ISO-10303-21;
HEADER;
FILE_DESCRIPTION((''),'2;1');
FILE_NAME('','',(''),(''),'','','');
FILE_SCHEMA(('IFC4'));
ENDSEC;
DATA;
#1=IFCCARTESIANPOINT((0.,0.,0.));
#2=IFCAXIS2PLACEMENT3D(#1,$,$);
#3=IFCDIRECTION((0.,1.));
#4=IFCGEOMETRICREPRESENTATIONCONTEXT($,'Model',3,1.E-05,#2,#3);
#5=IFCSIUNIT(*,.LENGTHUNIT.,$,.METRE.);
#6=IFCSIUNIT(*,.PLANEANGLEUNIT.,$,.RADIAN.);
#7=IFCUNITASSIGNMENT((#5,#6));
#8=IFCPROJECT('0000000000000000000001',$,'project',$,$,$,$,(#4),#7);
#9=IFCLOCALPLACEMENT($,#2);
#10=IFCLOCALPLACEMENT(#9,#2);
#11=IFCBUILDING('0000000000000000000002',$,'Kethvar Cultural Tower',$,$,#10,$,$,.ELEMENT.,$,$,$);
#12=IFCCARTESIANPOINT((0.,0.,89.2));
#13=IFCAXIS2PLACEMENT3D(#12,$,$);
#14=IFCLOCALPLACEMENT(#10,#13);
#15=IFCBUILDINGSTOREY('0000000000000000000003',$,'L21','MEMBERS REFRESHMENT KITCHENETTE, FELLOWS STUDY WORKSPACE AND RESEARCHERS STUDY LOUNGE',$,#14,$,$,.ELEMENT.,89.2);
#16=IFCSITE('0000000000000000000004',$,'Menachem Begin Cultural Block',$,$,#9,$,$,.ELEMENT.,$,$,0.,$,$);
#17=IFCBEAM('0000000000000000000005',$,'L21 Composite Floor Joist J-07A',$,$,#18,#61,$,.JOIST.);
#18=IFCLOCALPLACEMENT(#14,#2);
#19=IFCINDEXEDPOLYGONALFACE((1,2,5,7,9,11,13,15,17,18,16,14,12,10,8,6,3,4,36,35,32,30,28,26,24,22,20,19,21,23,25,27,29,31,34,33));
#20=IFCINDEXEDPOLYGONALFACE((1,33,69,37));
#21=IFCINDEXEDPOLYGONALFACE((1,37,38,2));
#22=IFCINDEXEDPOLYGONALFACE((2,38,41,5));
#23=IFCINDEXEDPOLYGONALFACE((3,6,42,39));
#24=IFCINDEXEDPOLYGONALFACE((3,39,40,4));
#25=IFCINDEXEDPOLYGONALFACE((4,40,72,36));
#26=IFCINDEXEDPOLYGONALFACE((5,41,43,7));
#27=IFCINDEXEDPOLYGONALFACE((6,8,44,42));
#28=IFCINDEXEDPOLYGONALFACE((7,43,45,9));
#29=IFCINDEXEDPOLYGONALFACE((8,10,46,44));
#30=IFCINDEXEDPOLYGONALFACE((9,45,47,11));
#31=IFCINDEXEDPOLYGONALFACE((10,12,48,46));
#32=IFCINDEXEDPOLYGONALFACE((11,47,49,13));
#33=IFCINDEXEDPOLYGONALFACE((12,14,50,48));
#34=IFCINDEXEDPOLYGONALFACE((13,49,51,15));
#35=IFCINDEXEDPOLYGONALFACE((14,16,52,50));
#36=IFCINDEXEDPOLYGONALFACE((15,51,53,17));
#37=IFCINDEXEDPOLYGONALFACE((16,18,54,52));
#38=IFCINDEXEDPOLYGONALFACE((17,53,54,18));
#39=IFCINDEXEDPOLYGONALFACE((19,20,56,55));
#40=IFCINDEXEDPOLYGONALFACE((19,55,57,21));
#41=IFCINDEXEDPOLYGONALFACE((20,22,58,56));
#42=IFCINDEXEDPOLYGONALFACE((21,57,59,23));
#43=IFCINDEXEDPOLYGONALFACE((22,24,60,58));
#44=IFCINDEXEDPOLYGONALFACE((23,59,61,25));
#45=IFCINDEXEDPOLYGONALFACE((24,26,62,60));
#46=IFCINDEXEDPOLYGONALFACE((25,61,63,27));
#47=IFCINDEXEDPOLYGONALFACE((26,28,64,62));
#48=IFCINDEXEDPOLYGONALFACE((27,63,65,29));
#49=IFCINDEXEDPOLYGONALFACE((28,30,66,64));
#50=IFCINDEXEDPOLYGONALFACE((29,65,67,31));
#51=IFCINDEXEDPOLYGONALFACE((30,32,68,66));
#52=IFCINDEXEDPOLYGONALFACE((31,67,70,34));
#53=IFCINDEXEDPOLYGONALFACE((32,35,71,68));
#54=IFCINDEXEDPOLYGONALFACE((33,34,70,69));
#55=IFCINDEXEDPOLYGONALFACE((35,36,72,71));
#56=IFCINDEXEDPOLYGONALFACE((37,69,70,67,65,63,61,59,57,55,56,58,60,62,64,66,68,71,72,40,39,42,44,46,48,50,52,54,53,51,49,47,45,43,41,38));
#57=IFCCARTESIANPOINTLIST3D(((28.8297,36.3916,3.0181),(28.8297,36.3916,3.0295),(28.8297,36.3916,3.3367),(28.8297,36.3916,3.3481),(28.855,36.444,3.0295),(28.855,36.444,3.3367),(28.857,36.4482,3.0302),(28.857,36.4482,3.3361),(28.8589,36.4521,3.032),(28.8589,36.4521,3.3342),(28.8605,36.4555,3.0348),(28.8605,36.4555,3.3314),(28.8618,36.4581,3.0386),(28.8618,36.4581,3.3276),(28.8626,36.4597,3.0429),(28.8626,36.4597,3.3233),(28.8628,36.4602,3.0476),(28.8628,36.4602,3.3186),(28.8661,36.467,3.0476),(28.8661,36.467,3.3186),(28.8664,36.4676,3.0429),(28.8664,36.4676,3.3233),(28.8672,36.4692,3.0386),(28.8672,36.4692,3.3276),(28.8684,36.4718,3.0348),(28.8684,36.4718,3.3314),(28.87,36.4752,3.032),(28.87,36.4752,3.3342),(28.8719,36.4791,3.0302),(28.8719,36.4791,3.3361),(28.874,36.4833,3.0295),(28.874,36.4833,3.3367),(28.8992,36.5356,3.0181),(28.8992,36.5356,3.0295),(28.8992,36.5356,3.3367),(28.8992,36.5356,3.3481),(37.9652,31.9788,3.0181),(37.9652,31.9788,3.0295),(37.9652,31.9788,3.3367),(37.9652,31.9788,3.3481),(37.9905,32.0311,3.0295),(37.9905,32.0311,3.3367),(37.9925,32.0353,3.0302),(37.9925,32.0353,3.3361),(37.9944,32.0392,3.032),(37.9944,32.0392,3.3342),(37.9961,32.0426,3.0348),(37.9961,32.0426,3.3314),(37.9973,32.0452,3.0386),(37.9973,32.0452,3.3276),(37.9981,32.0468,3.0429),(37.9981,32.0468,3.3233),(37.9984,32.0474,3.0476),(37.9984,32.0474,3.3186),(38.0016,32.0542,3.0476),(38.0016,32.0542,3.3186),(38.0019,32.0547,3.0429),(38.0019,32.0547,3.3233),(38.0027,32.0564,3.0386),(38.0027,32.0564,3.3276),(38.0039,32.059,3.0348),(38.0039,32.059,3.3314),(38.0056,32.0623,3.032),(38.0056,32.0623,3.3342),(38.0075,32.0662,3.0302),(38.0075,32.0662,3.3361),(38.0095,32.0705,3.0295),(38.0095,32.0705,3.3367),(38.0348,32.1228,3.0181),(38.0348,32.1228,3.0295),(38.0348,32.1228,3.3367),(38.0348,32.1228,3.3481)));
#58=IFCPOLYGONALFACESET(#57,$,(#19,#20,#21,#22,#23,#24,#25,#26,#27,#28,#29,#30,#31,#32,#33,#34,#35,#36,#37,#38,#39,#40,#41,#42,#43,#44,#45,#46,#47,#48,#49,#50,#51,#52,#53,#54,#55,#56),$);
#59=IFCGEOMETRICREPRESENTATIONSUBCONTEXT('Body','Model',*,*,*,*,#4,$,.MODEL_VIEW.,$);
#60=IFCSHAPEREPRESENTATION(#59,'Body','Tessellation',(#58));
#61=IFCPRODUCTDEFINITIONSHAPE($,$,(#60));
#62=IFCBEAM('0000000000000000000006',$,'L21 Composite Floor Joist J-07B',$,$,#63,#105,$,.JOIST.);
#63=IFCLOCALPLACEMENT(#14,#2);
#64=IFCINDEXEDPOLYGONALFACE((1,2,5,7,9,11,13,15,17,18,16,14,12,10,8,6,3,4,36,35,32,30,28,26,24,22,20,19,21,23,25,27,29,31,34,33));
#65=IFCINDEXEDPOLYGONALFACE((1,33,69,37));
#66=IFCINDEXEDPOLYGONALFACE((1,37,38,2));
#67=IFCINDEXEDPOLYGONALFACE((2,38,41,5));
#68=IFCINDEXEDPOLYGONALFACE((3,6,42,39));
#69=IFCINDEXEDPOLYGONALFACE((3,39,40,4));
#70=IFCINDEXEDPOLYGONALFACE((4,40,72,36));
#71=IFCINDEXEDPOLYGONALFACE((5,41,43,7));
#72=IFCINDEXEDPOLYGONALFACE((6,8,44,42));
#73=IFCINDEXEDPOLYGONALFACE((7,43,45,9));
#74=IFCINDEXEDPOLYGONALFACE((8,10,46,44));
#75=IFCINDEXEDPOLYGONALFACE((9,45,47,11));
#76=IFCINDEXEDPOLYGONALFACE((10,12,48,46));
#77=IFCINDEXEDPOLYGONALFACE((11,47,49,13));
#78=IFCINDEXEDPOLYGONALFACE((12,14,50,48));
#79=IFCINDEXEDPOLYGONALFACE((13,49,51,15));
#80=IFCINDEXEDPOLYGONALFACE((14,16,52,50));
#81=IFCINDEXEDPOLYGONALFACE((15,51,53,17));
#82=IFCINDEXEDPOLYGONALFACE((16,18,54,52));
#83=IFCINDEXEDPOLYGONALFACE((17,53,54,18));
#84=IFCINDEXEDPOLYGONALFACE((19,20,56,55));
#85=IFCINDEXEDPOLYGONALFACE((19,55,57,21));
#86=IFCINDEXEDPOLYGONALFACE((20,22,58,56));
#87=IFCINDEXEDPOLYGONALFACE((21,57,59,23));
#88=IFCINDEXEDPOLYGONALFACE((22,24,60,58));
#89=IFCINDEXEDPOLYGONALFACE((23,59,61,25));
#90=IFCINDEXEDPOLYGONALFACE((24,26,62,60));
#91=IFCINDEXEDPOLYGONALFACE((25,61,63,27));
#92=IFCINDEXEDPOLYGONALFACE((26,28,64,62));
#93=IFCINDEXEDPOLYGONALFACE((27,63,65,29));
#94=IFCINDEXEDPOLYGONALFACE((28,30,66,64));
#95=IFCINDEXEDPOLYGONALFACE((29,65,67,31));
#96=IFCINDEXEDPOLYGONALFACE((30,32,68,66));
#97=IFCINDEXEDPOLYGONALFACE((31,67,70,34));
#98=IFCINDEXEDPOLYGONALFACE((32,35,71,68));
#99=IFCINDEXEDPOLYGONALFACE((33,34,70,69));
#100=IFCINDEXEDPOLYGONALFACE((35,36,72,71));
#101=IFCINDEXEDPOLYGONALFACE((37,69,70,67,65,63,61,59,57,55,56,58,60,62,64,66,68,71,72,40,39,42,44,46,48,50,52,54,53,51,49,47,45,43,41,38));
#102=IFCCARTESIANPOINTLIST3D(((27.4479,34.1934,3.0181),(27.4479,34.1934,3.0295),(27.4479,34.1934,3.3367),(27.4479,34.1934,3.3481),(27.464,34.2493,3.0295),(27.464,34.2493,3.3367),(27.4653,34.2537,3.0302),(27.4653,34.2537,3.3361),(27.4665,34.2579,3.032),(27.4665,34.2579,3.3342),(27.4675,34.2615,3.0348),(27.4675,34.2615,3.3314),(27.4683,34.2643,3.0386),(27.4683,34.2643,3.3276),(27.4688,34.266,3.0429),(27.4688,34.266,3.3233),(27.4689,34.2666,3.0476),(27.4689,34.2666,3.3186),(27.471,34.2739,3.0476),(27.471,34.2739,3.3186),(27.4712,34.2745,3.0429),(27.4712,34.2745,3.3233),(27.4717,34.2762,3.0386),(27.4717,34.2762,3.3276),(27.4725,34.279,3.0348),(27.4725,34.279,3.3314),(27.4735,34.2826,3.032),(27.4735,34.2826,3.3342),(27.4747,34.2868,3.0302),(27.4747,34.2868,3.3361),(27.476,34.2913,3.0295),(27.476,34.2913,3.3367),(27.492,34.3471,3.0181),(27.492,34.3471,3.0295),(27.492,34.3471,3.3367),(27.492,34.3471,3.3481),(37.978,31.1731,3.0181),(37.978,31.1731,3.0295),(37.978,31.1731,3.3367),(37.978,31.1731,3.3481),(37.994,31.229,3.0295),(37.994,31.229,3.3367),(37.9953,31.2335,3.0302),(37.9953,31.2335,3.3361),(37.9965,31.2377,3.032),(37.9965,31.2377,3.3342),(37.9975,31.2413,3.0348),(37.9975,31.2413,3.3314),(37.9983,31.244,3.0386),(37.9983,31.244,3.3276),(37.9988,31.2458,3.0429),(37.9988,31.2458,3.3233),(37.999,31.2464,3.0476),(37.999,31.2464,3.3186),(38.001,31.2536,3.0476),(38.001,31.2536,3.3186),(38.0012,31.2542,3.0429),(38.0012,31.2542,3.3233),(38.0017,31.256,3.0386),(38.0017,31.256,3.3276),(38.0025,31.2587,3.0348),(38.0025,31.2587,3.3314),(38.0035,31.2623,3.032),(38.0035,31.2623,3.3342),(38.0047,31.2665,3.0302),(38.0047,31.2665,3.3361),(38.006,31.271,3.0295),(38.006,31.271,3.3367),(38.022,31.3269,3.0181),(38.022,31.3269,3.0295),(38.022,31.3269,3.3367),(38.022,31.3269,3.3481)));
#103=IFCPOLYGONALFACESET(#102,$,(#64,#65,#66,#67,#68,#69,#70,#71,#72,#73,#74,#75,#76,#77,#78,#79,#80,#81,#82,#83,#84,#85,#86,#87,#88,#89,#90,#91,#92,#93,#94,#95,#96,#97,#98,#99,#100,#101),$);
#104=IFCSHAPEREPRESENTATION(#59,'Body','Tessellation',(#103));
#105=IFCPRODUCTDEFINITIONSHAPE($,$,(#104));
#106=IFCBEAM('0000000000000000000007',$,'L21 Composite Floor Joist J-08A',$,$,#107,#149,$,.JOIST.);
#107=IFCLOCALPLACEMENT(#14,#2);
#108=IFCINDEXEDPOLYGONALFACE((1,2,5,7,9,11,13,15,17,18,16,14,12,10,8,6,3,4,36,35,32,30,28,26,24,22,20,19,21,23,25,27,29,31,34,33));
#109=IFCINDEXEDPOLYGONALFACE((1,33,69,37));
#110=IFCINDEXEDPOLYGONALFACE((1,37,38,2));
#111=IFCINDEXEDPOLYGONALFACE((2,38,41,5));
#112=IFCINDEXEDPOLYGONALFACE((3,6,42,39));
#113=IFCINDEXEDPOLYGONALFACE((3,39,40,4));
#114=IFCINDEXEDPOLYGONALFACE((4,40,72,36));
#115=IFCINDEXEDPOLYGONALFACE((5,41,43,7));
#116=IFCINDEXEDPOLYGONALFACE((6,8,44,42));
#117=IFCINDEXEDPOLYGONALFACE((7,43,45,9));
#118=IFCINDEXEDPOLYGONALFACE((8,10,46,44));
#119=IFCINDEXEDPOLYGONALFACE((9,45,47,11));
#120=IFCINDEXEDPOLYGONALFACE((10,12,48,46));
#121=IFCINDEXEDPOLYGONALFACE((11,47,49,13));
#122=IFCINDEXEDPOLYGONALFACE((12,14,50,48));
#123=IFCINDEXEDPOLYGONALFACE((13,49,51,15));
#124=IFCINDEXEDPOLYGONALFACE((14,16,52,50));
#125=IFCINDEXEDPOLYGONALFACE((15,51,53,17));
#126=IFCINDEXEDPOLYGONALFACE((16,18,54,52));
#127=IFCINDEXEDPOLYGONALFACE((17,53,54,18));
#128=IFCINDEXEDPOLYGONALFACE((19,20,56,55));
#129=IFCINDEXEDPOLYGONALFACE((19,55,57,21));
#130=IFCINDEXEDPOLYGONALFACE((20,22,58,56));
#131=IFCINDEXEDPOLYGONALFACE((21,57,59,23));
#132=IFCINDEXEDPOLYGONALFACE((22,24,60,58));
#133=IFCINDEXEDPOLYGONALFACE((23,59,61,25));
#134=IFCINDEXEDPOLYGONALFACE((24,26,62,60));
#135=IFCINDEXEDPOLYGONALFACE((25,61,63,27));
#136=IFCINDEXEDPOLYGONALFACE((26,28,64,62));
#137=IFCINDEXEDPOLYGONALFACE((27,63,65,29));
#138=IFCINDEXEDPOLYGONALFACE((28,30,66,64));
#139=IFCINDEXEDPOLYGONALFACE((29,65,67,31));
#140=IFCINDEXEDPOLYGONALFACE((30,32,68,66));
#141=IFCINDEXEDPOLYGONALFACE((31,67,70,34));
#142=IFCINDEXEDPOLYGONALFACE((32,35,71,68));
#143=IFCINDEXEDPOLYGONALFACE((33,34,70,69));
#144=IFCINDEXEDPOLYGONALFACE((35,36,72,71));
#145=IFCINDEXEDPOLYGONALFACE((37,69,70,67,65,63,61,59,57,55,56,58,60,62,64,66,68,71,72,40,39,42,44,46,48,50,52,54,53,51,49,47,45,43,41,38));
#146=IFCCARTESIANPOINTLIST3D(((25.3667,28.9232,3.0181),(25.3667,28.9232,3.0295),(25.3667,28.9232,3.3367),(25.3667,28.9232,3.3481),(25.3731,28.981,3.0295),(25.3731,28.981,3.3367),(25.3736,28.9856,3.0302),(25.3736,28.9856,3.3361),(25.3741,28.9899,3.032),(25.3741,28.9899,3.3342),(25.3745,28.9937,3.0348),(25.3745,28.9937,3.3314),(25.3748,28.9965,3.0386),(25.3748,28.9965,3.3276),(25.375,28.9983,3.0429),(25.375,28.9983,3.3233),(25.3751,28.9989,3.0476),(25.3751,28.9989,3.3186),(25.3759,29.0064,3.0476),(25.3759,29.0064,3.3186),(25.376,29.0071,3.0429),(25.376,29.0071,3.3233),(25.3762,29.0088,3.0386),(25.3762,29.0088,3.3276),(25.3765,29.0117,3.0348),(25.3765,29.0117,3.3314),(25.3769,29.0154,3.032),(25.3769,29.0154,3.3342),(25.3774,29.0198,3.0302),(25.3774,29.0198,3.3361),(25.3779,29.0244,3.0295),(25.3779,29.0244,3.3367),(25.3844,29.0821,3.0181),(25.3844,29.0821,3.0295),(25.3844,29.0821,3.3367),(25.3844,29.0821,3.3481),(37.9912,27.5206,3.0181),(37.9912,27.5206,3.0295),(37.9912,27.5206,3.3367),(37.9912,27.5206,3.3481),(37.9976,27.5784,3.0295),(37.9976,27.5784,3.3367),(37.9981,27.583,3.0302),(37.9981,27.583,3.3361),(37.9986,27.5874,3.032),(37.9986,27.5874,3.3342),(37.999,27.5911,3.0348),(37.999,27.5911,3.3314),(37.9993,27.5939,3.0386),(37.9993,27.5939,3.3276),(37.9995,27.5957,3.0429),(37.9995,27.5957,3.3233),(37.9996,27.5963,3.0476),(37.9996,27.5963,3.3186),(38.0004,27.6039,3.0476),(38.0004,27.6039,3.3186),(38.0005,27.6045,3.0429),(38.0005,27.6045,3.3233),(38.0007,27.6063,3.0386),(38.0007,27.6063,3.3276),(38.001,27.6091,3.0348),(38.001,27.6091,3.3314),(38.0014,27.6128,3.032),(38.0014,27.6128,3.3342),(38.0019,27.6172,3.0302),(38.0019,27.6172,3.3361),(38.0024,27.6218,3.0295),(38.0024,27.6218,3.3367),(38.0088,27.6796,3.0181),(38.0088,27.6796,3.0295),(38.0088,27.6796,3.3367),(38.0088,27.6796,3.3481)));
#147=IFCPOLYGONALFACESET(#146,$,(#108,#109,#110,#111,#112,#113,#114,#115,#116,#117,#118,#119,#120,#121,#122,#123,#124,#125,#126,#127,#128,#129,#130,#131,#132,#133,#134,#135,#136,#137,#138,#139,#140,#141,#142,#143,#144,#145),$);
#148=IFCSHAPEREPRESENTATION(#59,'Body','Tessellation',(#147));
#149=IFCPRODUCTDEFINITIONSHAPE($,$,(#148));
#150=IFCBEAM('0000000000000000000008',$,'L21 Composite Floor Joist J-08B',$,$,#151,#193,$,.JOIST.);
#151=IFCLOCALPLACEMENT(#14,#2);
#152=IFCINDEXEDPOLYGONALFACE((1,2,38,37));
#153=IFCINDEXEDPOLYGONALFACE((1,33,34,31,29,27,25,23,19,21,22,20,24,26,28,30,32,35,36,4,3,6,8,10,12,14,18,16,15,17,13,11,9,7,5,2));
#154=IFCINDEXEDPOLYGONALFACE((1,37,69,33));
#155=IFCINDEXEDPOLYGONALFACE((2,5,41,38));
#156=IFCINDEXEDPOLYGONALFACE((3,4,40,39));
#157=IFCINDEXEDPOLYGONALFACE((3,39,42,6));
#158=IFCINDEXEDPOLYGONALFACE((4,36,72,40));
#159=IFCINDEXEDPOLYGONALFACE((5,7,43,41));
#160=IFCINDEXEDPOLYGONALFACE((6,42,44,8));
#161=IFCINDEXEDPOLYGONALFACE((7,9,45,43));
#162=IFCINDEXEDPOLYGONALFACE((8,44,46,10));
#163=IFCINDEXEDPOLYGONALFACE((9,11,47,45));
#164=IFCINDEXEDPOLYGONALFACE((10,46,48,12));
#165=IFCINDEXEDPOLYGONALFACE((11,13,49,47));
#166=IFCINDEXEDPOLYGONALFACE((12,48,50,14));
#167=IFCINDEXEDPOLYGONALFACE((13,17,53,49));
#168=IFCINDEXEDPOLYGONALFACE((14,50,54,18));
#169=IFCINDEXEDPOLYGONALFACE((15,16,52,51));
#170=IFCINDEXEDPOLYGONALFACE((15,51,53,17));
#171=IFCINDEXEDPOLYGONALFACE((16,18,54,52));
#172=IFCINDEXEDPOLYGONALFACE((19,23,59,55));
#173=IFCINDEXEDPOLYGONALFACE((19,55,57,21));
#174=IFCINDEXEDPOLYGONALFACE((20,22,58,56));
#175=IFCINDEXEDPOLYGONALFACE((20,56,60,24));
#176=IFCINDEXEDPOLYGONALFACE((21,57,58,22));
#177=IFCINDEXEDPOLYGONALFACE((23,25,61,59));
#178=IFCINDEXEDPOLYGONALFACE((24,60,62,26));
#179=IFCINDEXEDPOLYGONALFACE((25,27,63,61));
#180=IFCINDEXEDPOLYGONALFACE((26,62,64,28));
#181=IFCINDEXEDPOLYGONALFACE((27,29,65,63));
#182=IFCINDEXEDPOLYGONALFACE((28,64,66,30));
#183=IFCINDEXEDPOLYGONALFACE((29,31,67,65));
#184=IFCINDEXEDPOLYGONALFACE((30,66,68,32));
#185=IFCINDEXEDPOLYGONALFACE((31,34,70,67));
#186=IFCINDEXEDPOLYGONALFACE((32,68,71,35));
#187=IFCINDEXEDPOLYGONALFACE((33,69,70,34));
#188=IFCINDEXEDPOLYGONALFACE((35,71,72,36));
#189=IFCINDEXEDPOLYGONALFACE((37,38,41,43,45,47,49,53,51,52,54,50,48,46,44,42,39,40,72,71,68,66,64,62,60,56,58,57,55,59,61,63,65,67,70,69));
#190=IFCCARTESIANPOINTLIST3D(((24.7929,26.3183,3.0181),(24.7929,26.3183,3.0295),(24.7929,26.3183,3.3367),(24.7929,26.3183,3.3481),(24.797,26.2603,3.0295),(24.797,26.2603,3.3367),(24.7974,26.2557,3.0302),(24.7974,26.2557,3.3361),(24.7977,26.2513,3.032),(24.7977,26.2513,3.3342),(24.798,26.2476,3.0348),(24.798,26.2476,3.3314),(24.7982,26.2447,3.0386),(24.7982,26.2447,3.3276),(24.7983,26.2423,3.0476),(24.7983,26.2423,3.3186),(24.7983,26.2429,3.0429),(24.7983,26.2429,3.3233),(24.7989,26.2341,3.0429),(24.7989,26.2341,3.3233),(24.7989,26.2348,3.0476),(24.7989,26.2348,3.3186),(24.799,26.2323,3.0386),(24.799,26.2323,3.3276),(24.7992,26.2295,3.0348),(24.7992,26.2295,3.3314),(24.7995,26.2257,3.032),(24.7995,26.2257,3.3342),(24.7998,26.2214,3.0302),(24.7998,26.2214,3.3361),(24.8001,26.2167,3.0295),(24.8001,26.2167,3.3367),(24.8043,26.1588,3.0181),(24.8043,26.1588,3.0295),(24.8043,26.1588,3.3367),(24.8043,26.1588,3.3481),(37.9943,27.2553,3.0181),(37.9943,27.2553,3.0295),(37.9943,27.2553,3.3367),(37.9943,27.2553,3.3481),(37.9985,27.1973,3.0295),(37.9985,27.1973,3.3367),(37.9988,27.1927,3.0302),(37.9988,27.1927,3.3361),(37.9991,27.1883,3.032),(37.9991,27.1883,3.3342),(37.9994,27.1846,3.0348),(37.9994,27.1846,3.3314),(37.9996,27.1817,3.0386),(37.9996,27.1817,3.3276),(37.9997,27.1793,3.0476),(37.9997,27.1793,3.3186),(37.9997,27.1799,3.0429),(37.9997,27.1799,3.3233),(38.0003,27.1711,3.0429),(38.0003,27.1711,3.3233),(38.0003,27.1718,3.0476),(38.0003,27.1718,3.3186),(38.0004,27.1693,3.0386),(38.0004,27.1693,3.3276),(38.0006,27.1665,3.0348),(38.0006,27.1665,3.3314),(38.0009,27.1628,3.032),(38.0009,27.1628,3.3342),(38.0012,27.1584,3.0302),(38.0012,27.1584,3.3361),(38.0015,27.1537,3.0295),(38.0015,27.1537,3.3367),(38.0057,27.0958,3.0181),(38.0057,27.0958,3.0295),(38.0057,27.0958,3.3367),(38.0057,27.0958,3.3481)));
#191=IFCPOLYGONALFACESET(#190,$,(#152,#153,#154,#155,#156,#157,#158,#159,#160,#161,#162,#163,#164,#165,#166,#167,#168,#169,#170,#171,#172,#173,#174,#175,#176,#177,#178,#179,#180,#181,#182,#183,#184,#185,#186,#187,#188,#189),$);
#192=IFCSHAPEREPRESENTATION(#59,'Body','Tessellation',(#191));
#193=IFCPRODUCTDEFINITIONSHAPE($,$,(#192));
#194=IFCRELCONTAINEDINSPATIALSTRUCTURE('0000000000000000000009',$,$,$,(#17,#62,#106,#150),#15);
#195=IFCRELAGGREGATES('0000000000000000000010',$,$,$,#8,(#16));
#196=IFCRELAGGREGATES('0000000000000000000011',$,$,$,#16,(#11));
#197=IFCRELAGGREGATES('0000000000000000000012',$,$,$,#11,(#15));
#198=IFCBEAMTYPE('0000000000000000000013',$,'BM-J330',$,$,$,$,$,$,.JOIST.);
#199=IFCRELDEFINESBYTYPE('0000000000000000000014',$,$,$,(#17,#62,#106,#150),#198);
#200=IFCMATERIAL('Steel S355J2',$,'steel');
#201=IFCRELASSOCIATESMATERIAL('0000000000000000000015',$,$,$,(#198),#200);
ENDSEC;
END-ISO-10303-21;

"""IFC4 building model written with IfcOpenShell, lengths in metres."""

from ifc_helpers import new_model, si_unit, direction, frame, origin, origin_2d, place, context, subcontext, project, spatial, i_section, extrude, source, transform, mapped, material, material_profile, profile_set, type_object, element, save


model = new_model("IFC4")

# Units and contexts
model_context = context("Model", 3, precision=1e-05, world=origin(), true_north=direction((0.0, 1.0)))
body_context = subcontext(model_context, "Body", "Model", "MODEL_VIEW")
ifc_project = project(units=[si_unit("LENGTHUNIT", "METRE"), si_unit("PLANEANGLEUNIT", "RADIAN")], contexts=[model_context])

# Site, building, storey
site_placement = place(None, origin())
site = spatial("IfcSite", under=ifc_project, at=site_placement, Name="Menachem Begin Cultural Block", CompositionType="ELEMENT", RefElevation=0.0)
building_placement = place(site_placement, origin())
building = spatial("IfcBuilding", under=site, at=building_placement, Name="Kethvar Cultural Tower", CompositionType="ELEMENT")
storey_placement = place(building_placement, frame((0.0, 0.0, 89.2)))
storey = spatial("IfcBuildingStorey", under=building, at=storey_placement, Name="L21", Description="MEMBERS REFRESHMENT KITCHENETTE, FELLOWS STUDY WORKSPACE AND RESEARCHERS STUDY LOUNGE", CompositionType="ELEMENT", Elevation=89.2)

# Beams
ifc_material_1 = material(Name="Steel S355J2", Category="steel")
ifc_material_profile_1 = material_profile(ifc_material_1, i_section(OverallWidth=0.1599, OverallDepth=0.3301, WebThickness=0.0076, FlangeThickness=0.0115, FilletRadius=0.0181, at=origin_2d()), Name="Steel S355J2 — IPE330")
ifc_profile_set_1 = profile_set([ifc_material_profile_1], Name="Steel S355J2 — IPE330")
beam_type_1 = type_object("IfcBeamType", Name="BM-J330", PredefinedType="JOIST", material=ifc_profile_set_1)
shared_shape_1 = source(origin(), body_context, "Body", "SweptSolid", [
    extrude(i_section(OverallWidth=0.1599, OverallDepth=0.3301, WebThickness=0.0076, FlangeThickness=0.0115, FilletRadius=0.0181, at=origin_2d()), origin(), (0.0, 0.0, 1.0), 10.1455),
])
beam_1_placement = place(storey_placement, frame((38.0, 32.0508, 3.1831), z_axis=(-0.900451, 0.434957, 0.0), x_axis=(-0.434957, -0.900451, 0.0)))
element("IfcBeam", 1, at=beam_1_placement, inside=storey, type_object=beam_type_1, Name="L21 Composite Floor Joist J-07A", PredefinedType="JOIST", context=body_context, shape_type="MappedRepresentation", body=[
    mapped(shared_shape_1, transform((0.0, 0.0, 0.0), scale=1.0)),
])
shared_shape_2 = source(origin(), body_context, "Body", "SweptSolid", [
    extrude(i_section(OverallWidth=0.1599, OverallDepth=0.3301, WebThickness=0.0076, FlangeThickness=0.0115, FilletRadius=0.0181, at=origin_2d()), origin(), (0.0, 0.0, 1.0), 10.9546),
])
beam_2_placement = place(storey_placement, frame((38.0, 31.25, 3.1831), z_axis=(-0.961242, 0.275707, 0.0), x_axis=(-0.275707, -0.961242, 0.0)))
element("IfcBeam", 2, at=beam_2_placement, inside=storey, type_object=beam_type_1, Name="L21 Composite Floor Joist J-07B", PredefinedType="JOIST", context=body_context, shape_type="MappedRepresentation", body=[
    mapped(shared_shape_2, transform((0.0, 0.0, 0.0), scale=1.0)),
])
shared_shape_3 = source(origin(), body_context, "Body", "SweptSolid", [
    extrude(i_section(OverallWidth=0.1599, OverallDepth=0.3301, WebThickness=0.0076, FlangeThickness=0.0115, FilletRadius=0.0181, at=origin_2d()), origin(), (0.0, 0.0, 1.0), 12.7021),
])
beam_3_placement = place(storey_placement, frame((38.0, 27.6001, 3.1831), z_axis=(-0.993885, 0.110421, 0.0), x_axis=(-0.110421, -0.993885, 0.0)))
element("IfcBeam", 3, at=beam_3_placement, inside=storey, type_object=beam_type_1, Name="L21 Composite Floor Joist J-08A", PredefinedType="JOIST", context=body_context, shape_type="MappedRepresentation", body=[
    mapped(shared_shape_3, transform((0.0, 0.0, 0.0), scale=1.0)),
])
shared_shape_4 = source(origin(), body_context, "Body", "SweptSolid", [
    extrude(i_section(OverallWidth=0.1599, OverallDepth=0.3301, WebThickness=0.0076, FlangeThickness=0.0115, FilletRadius=0.0181, at=origin_2d()), origin(), (0.0, 0.0, 1.0), 13.2346),
])
beam_4_placement = place(storey_placement, frame((38.0, 27.1755, 3.1831), z_axis=(-0.997491, -0.0708, 0.0), x_axis=(0.0708, -0.997491, 0.0)))
element("IfcBeam", 4, at=beam_4_placement, inside=storey, type_object=beam_type_1, Name="L21 Composite Floor Joist J-08B", PredefinedType="JOIST", context=body_context, shape_type="MappedRepresentation", body=[
    mapped(shared_shape_4, transform((0.0, 0.0, 0.0), scale=1.0)),
])

save(model, "model.ifc")
